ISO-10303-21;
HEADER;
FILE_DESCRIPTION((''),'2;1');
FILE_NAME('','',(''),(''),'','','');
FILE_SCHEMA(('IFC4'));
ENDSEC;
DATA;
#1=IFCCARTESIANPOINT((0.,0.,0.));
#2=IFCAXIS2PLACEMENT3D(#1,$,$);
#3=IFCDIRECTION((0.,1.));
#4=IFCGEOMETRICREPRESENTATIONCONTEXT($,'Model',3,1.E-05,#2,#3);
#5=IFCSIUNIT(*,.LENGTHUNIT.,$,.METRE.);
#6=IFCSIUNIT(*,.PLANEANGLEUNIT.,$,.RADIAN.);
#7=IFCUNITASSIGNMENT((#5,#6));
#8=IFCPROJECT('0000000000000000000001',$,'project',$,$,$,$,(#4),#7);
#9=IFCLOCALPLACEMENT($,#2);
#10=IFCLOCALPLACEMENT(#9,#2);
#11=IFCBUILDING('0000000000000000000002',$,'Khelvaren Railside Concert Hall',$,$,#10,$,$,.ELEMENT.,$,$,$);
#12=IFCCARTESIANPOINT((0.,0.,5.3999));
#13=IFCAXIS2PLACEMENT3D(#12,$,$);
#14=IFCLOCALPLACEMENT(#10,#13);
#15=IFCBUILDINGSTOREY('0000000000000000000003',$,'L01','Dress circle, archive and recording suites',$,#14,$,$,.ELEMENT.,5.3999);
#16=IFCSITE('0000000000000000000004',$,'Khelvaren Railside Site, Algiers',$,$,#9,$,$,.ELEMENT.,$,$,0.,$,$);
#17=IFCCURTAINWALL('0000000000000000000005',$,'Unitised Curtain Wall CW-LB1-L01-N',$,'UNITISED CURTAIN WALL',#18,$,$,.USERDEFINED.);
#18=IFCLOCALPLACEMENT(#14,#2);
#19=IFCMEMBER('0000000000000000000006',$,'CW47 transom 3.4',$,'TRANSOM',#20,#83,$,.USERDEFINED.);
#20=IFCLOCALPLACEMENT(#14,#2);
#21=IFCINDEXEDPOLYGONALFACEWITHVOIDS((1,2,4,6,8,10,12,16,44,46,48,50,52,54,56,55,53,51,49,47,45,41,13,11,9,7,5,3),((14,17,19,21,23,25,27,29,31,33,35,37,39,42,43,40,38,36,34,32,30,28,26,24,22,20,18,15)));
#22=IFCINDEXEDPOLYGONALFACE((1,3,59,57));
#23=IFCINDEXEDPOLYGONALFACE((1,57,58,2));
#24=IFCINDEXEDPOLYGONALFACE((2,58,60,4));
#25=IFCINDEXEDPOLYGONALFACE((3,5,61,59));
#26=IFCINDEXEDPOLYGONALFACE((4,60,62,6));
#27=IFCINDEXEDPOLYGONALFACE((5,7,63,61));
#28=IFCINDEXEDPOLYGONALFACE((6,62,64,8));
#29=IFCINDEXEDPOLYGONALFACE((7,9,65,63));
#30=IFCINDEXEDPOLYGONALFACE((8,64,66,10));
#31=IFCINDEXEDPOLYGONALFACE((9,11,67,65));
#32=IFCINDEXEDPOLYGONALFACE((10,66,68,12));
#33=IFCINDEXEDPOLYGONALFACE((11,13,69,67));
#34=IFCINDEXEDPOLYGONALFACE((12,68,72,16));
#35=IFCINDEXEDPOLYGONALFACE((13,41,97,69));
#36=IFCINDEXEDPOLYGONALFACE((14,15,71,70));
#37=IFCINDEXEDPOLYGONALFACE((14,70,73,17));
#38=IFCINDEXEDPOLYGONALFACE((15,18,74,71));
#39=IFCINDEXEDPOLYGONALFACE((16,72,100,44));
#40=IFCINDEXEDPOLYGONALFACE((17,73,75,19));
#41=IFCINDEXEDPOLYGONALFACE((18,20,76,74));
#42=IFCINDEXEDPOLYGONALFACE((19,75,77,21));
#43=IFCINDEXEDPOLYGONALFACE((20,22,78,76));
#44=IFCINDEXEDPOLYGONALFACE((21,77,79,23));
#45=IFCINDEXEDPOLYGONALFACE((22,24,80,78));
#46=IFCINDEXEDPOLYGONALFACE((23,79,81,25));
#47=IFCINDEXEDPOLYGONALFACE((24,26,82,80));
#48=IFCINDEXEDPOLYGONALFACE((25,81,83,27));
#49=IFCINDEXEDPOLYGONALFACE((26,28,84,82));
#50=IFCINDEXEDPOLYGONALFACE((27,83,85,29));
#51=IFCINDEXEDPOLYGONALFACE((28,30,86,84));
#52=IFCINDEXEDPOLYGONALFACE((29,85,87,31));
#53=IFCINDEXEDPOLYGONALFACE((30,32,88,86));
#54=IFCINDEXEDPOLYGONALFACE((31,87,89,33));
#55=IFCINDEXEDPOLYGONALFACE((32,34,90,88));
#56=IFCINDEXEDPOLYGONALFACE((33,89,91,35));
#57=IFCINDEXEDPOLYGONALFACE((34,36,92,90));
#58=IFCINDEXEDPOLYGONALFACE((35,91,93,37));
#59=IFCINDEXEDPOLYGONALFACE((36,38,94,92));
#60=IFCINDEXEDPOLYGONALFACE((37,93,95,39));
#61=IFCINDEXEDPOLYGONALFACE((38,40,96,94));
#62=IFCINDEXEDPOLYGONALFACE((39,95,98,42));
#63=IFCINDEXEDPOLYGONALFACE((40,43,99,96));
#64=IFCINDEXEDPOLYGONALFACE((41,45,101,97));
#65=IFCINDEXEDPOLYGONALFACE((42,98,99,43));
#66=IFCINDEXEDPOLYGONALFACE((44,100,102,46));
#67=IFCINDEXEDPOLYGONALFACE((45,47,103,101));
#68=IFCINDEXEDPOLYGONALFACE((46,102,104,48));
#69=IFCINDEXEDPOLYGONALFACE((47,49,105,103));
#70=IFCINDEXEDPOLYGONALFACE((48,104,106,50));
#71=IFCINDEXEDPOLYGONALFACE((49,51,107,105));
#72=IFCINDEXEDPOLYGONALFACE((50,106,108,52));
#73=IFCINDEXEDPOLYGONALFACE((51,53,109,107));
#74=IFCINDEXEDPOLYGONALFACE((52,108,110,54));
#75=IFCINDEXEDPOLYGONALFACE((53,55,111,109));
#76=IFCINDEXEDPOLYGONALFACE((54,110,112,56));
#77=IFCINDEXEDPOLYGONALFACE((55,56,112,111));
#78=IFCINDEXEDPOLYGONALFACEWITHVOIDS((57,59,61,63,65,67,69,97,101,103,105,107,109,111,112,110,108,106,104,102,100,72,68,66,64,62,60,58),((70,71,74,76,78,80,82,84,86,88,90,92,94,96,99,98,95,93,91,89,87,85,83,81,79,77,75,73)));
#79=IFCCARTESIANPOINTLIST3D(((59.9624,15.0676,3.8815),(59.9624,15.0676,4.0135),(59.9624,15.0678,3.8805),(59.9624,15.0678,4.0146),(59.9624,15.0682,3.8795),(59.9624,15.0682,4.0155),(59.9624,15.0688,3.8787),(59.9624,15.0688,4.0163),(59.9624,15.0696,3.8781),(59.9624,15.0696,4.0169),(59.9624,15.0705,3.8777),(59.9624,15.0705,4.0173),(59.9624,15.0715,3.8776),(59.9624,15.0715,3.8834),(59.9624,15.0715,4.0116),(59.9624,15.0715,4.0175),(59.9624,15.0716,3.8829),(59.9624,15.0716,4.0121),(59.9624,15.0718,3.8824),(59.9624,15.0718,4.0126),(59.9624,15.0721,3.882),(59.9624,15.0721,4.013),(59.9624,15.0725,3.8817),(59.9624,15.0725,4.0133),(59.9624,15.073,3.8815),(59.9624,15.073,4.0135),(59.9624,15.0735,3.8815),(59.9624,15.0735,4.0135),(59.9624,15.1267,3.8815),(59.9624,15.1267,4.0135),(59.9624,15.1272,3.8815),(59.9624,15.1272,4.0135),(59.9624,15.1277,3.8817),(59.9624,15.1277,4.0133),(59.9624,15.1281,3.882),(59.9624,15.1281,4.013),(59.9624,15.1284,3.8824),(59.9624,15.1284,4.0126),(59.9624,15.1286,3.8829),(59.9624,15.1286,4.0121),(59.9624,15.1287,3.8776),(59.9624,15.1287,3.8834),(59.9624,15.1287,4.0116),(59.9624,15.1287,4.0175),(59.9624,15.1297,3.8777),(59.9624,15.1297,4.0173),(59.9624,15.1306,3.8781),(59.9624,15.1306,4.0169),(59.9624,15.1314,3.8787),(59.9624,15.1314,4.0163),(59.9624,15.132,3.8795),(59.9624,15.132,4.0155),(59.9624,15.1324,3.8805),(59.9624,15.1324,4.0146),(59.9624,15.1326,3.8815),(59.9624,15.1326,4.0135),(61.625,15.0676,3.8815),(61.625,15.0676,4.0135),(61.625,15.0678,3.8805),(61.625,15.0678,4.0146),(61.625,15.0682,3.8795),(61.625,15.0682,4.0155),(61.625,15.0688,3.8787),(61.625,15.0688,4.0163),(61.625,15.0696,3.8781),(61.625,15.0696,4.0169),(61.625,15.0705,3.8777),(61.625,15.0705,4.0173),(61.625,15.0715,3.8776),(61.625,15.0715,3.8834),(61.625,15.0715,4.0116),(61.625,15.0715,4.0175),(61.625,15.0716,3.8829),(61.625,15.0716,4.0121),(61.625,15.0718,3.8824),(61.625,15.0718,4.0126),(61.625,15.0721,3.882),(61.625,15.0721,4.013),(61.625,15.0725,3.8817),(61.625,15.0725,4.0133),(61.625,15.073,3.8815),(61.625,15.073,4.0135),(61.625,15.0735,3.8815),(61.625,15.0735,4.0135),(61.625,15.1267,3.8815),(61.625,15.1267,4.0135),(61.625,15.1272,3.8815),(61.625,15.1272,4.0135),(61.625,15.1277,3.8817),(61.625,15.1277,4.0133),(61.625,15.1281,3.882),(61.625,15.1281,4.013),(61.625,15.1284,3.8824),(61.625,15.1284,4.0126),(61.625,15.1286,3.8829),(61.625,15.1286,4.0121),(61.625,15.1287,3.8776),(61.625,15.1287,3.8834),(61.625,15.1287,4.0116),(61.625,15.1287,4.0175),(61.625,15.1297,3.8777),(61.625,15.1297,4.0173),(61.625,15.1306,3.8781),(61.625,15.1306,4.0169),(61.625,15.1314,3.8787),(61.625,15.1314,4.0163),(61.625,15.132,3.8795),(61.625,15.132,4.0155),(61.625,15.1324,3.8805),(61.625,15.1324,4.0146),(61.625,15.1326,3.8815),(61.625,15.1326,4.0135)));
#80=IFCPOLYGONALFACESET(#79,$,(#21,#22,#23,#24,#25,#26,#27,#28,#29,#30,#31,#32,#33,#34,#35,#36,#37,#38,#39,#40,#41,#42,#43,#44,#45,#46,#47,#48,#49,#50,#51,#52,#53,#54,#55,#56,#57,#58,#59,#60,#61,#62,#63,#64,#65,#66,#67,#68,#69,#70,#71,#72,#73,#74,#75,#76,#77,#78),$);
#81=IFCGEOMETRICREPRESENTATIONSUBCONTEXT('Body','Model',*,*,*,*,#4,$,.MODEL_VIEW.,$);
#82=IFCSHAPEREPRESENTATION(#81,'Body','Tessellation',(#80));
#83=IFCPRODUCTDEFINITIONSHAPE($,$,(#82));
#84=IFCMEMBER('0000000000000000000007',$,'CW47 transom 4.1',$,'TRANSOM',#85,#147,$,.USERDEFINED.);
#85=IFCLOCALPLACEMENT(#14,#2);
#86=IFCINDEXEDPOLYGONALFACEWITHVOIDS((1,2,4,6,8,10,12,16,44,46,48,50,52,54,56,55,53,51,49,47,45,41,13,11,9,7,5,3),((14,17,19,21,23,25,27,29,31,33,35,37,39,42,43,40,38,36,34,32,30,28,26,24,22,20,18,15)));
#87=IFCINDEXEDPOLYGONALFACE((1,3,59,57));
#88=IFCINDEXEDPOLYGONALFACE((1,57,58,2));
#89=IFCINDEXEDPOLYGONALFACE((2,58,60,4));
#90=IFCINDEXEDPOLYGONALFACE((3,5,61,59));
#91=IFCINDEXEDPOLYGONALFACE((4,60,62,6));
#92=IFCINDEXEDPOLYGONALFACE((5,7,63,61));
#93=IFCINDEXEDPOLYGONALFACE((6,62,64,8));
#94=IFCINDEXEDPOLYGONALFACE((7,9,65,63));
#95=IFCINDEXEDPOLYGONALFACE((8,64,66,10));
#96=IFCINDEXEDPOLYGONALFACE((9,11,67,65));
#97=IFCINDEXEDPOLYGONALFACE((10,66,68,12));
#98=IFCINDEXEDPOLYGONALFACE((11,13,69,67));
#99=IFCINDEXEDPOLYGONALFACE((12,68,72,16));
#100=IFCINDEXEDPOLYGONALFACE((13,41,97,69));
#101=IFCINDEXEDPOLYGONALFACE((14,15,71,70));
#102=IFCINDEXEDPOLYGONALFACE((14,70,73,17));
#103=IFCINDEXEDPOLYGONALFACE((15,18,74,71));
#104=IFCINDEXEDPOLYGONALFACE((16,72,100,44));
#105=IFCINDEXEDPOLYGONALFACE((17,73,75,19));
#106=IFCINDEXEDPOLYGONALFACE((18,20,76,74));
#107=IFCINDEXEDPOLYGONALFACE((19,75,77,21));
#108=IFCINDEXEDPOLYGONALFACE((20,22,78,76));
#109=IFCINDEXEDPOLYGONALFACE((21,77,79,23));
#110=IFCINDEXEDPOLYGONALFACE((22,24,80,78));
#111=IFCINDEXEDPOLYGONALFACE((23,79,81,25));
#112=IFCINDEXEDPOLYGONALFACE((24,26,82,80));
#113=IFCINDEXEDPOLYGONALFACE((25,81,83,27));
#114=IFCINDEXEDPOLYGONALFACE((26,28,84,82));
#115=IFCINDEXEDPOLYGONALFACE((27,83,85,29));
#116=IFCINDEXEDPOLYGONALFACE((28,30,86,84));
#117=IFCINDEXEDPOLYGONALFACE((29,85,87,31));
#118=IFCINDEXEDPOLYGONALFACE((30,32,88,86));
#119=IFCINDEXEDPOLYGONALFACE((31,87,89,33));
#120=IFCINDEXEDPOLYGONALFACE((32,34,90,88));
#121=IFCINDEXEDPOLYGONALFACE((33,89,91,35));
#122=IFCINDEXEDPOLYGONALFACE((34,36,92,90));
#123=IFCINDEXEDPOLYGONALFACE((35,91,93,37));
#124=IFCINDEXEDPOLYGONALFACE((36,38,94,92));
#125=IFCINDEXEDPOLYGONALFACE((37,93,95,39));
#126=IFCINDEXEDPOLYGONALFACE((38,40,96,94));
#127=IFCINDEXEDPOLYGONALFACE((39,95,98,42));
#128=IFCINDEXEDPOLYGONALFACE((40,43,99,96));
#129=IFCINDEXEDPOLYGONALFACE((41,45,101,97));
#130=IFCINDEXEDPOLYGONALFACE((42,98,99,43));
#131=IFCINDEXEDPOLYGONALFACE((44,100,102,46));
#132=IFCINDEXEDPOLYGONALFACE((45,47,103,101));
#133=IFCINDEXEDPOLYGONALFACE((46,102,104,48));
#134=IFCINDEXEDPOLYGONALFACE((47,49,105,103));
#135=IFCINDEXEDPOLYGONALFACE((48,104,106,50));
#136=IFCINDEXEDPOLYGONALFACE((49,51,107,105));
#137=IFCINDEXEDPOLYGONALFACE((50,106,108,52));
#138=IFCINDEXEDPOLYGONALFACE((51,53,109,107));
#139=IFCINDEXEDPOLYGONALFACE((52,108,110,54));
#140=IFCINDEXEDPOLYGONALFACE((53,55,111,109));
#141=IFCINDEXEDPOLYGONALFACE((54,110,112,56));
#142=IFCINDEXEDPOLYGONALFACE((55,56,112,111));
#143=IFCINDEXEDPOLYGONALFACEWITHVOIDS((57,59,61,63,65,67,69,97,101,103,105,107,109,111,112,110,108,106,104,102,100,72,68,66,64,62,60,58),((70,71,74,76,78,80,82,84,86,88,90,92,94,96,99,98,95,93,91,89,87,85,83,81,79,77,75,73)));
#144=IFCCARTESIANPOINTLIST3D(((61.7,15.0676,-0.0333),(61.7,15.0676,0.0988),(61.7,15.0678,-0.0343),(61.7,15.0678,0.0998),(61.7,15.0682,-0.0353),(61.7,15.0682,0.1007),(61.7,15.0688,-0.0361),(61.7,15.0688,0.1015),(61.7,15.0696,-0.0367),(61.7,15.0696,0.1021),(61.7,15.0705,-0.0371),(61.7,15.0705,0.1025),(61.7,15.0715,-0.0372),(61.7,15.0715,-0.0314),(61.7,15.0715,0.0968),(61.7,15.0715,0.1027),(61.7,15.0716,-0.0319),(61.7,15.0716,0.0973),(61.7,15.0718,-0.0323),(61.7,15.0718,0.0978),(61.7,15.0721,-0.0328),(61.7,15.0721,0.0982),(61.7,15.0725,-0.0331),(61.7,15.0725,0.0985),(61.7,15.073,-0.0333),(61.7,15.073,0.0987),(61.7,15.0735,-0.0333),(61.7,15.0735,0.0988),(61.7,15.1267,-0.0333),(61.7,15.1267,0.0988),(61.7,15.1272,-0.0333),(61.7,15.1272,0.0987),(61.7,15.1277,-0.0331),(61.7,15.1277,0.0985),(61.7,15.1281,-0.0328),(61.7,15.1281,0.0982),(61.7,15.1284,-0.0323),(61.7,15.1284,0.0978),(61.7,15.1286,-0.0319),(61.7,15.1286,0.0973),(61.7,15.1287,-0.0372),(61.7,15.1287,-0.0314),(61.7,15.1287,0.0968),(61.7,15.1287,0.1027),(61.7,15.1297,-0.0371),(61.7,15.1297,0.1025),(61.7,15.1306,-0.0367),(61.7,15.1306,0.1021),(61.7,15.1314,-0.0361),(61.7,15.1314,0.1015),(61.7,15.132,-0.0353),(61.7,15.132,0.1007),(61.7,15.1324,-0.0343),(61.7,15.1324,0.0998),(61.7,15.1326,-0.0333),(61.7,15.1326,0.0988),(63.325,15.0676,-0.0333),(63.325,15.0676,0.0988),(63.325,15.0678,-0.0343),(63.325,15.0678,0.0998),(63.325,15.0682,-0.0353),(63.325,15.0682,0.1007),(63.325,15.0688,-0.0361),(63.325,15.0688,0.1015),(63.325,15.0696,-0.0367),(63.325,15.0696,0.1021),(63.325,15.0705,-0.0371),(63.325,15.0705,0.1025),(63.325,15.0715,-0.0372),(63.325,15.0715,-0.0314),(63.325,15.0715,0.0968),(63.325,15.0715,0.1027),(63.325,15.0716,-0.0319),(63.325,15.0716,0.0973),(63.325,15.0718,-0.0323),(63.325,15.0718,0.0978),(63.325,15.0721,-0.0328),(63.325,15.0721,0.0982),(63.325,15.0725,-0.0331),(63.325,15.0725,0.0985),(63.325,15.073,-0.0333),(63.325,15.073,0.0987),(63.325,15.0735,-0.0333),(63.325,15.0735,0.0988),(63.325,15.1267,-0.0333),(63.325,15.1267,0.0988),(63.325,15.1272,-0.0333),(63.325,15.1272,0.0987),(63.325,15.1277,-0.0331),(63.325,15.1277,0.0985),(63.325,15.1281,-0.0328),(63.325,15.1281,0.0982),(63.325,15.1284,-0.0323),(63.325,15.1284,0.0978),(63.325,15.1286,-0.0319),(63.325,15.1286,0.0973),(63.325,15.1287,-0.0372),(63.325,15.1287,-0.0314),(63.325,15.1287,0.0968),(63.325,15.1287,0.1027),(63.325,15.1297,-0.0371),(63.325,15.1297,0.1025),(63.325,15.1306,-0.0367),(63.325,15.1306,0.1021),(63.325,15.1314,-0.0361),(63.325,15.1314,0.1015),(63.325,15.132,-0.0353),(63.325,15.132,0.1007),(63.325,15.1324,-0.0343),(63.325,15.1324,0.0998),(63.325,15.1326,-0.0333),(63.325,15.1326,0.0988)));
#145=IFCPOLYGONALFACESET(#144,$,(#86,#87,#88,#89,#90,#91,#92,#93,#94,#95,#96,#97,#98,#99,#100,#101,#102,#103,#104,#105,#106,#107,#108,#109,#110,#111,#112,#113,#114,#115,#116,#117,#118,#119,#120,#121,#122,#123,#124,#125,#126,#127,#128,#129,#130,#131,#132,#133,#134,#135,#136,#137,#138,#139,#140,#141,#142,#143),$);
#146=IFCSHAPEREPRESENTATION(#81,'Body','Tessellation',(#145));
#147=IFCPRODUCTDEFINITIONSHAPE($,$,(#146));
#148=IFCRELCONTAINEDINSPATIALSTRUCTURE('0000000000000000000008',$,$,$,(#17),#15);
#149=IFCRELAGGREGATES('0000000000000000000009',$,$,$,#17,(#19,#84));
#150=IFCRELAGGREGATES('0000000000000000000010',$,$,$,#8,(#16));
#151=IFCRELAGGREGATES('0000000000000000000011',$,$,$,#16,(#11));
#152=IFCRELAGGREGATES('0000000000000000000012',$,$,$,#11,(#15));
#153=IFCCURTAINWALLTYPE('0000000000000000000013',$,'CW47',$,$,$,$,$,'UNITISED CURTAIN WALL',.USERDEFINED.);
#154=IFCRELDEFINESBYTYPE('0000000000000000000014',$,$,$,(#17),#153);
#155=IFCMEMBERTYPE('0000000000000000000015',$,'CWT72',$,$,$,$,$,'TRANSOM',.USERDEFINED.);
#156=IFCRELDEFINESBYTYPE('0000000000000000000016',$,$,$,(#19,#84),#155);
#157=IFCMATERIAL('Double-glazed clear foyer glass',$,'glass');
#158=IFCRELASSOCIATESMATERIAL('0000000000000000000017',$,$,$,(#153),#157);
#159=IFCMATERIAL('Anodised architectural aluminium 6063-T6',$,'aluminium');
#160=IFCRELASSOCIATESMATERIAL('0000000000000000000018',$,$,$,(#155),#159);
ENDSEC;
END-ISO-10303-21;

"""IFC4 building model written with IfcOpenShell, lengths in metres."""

from ifc_helpers import new_model, si_unit, direction, frame, origin, origin_2d, place, context, subcontext, project, spatial, hollow_rectangle, extrude, material, material_profile, profile_set, type_object, element, aggregate, save


model = new_model("IFC4")

# Units and contexts
model_context = context("Model", 3, precision=1e-05, world=origin(), true_north=direction((0.0, 1.0)))
body_context = subcontext(model_context, "Body", "Model", "MODEL_VIEW")
ifc_project = project(units=[si_unit("LENGTHUNIT", "METRE"), si_unit("PLANEANGLEUNIT", "RADIAN")], contexts=[model_context])

# Site, building, storey
site_placement = place(None, origin())
site = spatial("IfcSite", under=ifc_project, at=site_placement, Name="Khelvaren Railside Site, Algiers", CompositionType="ELEMENT", RefElevation=0.0)
building_placement = place(site_placement, origin())
building = spatial("IfcBuilding", under=site, at=building_placement, Name="Khelvaren Railside Concert Hall", CompositionType="ELEMENT")
storey_placement = place(building_placement, frame((0.0, 0.0, 5.3999)))
storey = spatial("IfcBuildingStorey", under=building, at=storey_placement, Name="L01", Description="Dress circle, archive and recording suites", CompositionType="ELEMENT", Elevation=5.3999)

# Curtain wall, members
ifc_material_1 = material(Name="Double-glazed clear foyer glass", Category="glass")
curtain_wall_type = type_object("IfcCurtainWallType", Name="CW47", ElementType="UNITISED CURTAIN WALL", PredefinedType="USERDEFINED", material=ifc_material_1)
curtain_wall_placement = place(storey_placement, origin())
curtain_wall = element("IfcCurtainWall", 1, at=curtain_wall_placement, inside=storey, type_object=curtain_wall_type, Name="Unitised Curtain Wall CW-LB1-L01-N", ObjectType="UNITISED CURTAIN WALL", PredefinedType="USERDEFINED")
ifc_material_2 = material(Name="Anodised architectural aluminium 6063-T6", Category="aluminium")
ifc_material_profile_1 = material_profile(ifc_material_2, hollow_rectangle(XDim=0.0649, YDim=0.1399, WallThickness=0.0039, InnerFilletRadius=0.002, OuterFilletRadius=0.0039, at=origin_2d()), Name="CWT 65x140x4")
ifc_profile_set_1 = profile_set([ifc_material_profile_1], Name="Anodised architectural aluminium 6063-T6")
member_type_1 = type_object("IfcMemberType", Name="CWT72", ElementType="TRANSOM", PredefinedType="USERDEFINED", material=ifc_profile_set_1)
member_1_placement = place(storey_placement, frame((59.9624, 15.1001, 3.9475), z_axis=(1.0, 0.0, 0.0), x_axis=(0.0, 1.0, 0.0)))
member_1 = element("IfcMember", 2, at=member_1_placement, type_object=member_type_1, Name="CW47 transom 3.4", ObjectType="TRANSOM", PredefinedType="USERDEFINED", context=body_context, shape_type="SweptSolid", body=[
    extrude(hollow_rectangle(XDim=0.0649, YDim=0.1399, WallThickness=0.0039, InnerFilletRadius=0.002, OuterFilletRadius=0.0039, at=origin_2d()), origin(), (0.0, 0.0, 1.0), 1.6626),
])
member_2_placement = place(storey_placement, frame((61.7, 15.1001, 0.0327), z_axis=(1.0, 0.0, 0.0), x_axis=(0.0, 1.0, 0.0)))
member_2 = element("IfcMember", 3, at=member_2_placement, type_object=member_type_1, Name="CW47 transom 4.1", ObjectType="TRANSOM", PredefinedType="USERDEFINED", context=body_context, shape_type="SweptSolid", body=[
    extrude(hollow_rectangle(XDim=0.0649, YDim=0.1399, WallThickness=0.0039, InnerFilletRadius=0.002, OuterFilletRadius=0.0039, at=origin_2d()), origin(), (0.0, 0.0, 1.0), 1.625),
])

aggregate(curtain_wall, [member_1, member_2])

save(model, "model.ifc")
